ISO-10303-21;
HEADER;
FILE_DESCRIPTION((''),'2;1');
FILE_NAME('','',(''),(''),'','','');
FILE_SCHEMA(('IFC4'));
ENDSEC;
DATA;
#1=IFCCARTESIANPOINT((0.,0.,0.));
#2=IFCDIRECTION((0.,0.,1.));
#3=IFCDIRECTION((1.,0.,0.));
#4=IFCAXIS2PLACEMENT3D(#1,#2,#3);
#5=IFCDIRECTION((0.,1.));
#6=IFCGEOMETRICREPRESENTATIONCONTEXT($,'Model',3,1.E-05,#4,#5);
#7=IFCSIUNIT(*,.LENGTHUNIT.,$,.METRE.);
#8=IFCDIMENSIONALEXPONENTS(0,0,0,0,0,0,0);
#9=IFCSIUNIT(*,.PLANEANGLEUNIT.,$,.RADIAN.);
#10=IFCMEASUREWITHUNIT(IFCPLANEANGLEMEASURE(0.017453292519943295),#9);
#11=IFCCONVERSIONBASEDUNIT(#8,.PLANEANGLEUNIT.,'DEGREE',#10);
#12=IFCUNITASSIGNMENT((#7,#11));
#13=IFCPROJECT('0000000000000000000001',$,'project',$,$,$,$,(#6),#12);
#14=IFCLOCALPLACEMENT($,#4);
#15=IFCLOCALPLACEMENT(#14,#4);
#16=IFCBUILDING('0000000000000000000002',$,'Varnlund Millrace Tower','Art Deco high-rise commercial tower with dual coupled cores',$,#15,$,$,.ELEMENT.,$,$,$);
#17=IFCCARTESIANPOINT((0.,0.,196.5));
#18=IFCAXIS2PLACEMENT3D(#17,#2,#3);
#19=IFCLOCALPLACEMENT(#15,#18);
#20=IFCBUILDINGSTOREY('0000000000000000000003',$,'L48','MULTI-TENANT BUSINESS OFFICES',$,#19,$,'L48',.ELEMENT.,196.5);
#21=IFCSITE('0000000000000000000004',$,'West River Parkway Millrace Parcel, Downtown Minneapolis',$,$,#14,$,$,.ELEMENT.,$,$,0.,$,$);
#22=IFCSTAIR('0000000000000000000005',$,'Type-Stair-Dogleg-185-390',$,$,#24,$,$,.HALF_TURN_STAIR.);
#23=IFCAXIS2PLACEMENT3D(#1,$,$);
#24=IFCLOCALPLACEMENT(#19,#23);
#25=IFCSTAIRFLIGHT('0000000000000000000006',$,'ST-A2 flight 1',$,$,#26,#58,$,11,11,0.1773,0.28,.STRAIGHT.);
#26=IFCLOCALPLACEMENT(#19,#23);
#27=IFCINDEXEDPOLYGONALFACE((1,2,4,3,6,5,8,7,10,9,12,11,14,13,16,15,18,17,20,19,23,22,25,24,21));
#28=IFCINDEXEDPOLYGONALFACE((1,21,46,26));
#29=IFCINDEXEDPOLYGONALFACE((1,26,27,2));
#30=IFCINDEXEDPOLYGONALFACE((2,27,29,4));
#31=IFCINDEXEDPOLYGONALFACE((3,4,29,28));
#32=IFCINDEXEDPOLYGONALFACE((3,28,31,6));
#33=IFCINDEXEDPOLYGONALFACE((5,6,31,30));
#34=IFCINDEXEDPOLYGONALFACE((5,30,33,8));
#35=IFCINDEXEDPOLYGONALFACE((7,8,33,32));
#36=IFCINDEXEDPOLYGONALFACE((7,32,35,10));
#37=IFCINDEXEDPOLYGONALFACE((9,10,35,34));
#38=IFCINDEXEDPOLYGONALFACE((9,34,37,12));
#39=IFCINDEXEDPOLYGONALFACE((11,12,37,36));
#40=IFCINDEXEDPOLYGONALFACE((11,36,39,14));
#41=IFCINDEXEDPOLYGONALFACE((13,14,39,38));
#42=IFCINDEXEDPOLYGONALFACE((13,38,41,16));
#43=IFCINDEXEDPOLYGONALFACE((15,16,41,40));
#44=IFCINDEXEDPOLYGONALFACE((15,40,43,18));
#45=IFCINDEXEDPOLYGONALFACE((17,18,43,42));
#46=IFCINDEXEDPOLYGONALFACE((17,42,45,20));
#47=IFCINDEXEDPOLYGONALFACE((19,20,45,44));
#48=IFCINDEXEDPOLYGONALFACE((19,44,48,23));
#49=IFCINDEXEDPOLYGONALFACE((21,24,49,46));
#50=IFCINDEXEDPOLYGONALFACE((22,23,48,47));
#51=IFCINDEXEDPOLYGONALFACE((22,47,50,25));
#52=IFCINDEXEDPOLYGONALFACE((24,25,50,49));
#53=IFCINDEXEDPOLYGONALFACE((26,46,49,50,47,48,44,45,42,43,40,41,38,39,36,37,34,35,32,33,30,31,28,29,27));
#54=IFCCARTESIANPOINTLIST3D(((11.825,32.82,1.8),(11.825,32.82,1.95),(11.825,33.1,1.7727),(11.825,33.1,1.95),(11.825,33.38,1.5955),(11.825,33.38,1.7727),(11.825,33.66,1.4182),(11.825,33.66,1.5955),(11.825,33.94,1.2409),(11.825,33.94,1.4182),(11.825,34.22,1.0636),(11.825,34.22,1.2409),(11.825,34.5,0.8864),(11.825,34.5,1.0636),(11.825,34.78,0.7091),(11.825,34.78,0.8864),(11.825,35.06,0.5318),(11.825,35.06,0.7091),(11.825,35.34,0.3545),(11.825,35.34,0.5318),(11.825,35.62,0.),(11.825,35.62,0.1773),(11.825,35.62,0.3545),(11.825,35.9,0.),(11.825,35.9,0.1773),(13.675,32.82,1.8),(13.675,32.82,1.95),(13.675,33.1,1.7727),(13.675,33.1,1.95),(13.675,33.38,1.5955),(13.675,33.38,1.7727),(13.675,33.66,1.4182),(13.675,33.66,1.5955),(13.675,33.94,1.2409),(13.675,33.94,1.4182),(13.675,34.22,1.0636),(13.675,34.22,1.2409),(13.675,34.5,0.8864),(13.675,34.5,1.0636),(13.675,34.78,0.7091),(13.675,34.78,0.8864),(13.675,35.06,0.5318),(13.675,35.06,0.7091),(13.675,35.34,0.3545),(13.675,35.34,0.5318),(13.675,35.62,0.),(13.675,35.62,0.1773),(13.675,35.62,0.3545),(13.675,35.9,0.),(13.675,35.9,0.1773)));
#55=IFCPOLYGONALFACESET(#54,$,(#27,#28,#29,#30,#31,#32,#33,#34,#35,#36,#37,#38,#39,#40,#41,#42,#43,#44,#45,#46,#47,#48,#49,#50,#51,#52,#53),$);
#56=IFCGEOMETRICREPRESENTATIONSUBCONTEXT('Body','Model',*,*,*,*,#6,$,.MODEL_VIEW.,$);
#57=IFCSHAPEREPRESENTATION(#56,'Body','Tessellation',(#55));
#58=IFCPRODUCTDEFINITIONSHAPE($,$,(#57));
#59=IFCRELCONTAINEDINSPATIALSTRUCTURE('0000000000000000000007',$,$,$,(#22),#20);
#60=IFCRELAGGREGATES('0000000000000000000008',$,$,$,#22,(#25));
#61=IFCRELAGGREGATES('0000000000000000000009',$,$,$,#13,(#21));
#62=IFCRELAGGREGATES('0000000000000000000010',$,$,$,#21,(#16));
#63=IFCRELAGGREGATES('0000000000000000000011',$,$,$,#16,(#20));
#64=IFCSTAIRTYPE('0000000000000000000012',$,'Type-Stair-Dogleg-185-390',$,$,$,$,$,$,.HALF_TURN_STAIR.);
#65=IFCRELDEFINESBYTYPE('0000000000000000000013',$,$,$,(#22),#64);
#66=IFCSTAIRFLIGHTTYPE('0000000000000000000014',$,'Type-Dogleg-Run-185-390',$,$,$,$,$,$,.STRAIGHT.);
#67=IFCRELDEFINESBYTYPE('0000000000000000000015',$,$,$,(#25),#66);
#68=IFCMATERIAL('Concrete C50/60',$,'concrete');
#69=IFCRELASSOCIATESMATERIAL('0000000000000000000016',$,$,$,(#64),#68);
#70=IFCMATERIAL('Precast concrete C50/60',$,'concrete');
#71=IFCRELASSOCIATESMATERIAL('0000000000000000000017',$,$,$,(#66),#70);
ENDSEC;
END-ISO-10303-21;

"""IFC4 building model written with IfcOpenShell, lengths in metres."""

from ifc_helpers import new_model, entity, si_unit, converted_unit, direction, frame, origin_with_axes, place, context, subcontext, project, spatial, polyline, outline, extrude, material, type_object, element, aggregate, save


model = new_model("IFC4")

# Units and contexts
model_context = context("Model", 3, precision=1e-05, world=origin_with_axes(), true_north=direction((0.0, 1.0)))
body_context = subcontext(model_context, "Body", "Model", "MODEL_VIEW")
ifc_project = project(units=[si_unit("LENGTHUNIT", "METRE"), converted_unit("PLANEANGLEUNIT", "DEGREE", entity("IfcPlaneAngleMeasure", 0.017453292519943295), si_unit("PLANEANGLEUNIT", "RADIAN"), dimensions=[0, 0, 0, 0, 0, 0, 0])], contexts=[model_context])

# Site, building, storey
site_placement = place(None, origin_with_axes())
site = spatial("IfcSite", under=ifc_project, at=site_placement, Name="West River Parkway Millrace Parcel, Downtown Minneapolis", CompositionType="ELEMENT", RefElevation=0.0)
building_placement = place(site_placement, origin_with_axes())
building = spatial("IfcBuilding", under=site, at=building_placement, Name="Varnlund Millrace Tower", Description="Art Deco high-rise commercial tower with dual coupled cores", CompositionType="ELEMENT")
storey_placement = place(building_placement, frame((0.0, 0.0, 196.5), z_axis=(0.0, 0.0, 1.0), x_axis=(1.0, 0.0, 0.0)))
storey = spatial("IfcBuildingStorey", under=building, at=storey_placement, Name="L48", Description="MULTI-TENANT BUSINESS OFFICES", LongName="L48", CompositionType="ELEMENT", Elevation=196.5)

# Stair, stair flight
ifc_material_1 = material(Name="Concrete C50/60", Category="concrete")
ifc_material_2 = material(Name="Precast concrete C50/60", Category="concrete")
stair_type_1 = type_object("IfcStairType", Name="Type-Stair-Dogleg-185-390", PredefinedType="HALF_TURN_STAIR", material=ifc_material_1)
stair_1_placement = place(storey_placement, origin_with_axes())
stair_1 = element("IfcStair", 1, at=stair_1_placement, inside=storey, type_object=stair_type_1, Name="Type-Stair-Dogleg-185-390", PredefinedType="HALF_TURN_STAIR")
stair_flight_type_1 = type_object("IfcStairFlightType", Name="Type-Dogleg-Run-185-390", PredefinedType="STRAIGHT", material=ifc_material_2)
stair_flight_1_placement = place(storey_placement, frame((13.675, 35.9, 0.0), z_axis=(-1.0, 0.0, 0.0), x_axis=(0.0, -1.0, 0.0)))
stair_flight_1 = element("IfcStairFlight", 2, at=stair_flight_1_placement, type_object=stair_flight_type_1, Name="ST-A2 flight 1", NumberOfRisers=11, NumberOfTreads=11, PredefinedType="STRAIGHT", RiserHeight=0.1773, TreadLength=0.28, context=body_context, shape_type="SweptSolid", body=[
    extrude(outline(polyline([(0.0, 0.0), (0.0, 0.1773), (0.28, 0.1773), (0.28, 0.3545), (0.56, 0.3545), (0.56, 0.5318), (0.84, 0.5318), (0.84, 0.7091), (1.12, 0.7091), (1.12, 0.8864), (1.4, 0.8864), (1.4, 1.0636), (1.68, 1.0636), (1.68, 1.2409), (1.96, 1.2409), (1.96, 1.4182), (2.24, 1.4182), (2.24, 1.5955), (2.52, 1.5955), (2.52, 1.7727), (2.8, 1.7727), (2.8, 1.95), (3.08, 1.95), (3.08, 1.8), (0.28, 0.0), (0.0, 0.0)])), origin_with_axes(), (0.0, 0.0, 1.0), 1.85),
])
aggregate(stair_1, [stair_flight_1])

save(model, "model.ifc")
